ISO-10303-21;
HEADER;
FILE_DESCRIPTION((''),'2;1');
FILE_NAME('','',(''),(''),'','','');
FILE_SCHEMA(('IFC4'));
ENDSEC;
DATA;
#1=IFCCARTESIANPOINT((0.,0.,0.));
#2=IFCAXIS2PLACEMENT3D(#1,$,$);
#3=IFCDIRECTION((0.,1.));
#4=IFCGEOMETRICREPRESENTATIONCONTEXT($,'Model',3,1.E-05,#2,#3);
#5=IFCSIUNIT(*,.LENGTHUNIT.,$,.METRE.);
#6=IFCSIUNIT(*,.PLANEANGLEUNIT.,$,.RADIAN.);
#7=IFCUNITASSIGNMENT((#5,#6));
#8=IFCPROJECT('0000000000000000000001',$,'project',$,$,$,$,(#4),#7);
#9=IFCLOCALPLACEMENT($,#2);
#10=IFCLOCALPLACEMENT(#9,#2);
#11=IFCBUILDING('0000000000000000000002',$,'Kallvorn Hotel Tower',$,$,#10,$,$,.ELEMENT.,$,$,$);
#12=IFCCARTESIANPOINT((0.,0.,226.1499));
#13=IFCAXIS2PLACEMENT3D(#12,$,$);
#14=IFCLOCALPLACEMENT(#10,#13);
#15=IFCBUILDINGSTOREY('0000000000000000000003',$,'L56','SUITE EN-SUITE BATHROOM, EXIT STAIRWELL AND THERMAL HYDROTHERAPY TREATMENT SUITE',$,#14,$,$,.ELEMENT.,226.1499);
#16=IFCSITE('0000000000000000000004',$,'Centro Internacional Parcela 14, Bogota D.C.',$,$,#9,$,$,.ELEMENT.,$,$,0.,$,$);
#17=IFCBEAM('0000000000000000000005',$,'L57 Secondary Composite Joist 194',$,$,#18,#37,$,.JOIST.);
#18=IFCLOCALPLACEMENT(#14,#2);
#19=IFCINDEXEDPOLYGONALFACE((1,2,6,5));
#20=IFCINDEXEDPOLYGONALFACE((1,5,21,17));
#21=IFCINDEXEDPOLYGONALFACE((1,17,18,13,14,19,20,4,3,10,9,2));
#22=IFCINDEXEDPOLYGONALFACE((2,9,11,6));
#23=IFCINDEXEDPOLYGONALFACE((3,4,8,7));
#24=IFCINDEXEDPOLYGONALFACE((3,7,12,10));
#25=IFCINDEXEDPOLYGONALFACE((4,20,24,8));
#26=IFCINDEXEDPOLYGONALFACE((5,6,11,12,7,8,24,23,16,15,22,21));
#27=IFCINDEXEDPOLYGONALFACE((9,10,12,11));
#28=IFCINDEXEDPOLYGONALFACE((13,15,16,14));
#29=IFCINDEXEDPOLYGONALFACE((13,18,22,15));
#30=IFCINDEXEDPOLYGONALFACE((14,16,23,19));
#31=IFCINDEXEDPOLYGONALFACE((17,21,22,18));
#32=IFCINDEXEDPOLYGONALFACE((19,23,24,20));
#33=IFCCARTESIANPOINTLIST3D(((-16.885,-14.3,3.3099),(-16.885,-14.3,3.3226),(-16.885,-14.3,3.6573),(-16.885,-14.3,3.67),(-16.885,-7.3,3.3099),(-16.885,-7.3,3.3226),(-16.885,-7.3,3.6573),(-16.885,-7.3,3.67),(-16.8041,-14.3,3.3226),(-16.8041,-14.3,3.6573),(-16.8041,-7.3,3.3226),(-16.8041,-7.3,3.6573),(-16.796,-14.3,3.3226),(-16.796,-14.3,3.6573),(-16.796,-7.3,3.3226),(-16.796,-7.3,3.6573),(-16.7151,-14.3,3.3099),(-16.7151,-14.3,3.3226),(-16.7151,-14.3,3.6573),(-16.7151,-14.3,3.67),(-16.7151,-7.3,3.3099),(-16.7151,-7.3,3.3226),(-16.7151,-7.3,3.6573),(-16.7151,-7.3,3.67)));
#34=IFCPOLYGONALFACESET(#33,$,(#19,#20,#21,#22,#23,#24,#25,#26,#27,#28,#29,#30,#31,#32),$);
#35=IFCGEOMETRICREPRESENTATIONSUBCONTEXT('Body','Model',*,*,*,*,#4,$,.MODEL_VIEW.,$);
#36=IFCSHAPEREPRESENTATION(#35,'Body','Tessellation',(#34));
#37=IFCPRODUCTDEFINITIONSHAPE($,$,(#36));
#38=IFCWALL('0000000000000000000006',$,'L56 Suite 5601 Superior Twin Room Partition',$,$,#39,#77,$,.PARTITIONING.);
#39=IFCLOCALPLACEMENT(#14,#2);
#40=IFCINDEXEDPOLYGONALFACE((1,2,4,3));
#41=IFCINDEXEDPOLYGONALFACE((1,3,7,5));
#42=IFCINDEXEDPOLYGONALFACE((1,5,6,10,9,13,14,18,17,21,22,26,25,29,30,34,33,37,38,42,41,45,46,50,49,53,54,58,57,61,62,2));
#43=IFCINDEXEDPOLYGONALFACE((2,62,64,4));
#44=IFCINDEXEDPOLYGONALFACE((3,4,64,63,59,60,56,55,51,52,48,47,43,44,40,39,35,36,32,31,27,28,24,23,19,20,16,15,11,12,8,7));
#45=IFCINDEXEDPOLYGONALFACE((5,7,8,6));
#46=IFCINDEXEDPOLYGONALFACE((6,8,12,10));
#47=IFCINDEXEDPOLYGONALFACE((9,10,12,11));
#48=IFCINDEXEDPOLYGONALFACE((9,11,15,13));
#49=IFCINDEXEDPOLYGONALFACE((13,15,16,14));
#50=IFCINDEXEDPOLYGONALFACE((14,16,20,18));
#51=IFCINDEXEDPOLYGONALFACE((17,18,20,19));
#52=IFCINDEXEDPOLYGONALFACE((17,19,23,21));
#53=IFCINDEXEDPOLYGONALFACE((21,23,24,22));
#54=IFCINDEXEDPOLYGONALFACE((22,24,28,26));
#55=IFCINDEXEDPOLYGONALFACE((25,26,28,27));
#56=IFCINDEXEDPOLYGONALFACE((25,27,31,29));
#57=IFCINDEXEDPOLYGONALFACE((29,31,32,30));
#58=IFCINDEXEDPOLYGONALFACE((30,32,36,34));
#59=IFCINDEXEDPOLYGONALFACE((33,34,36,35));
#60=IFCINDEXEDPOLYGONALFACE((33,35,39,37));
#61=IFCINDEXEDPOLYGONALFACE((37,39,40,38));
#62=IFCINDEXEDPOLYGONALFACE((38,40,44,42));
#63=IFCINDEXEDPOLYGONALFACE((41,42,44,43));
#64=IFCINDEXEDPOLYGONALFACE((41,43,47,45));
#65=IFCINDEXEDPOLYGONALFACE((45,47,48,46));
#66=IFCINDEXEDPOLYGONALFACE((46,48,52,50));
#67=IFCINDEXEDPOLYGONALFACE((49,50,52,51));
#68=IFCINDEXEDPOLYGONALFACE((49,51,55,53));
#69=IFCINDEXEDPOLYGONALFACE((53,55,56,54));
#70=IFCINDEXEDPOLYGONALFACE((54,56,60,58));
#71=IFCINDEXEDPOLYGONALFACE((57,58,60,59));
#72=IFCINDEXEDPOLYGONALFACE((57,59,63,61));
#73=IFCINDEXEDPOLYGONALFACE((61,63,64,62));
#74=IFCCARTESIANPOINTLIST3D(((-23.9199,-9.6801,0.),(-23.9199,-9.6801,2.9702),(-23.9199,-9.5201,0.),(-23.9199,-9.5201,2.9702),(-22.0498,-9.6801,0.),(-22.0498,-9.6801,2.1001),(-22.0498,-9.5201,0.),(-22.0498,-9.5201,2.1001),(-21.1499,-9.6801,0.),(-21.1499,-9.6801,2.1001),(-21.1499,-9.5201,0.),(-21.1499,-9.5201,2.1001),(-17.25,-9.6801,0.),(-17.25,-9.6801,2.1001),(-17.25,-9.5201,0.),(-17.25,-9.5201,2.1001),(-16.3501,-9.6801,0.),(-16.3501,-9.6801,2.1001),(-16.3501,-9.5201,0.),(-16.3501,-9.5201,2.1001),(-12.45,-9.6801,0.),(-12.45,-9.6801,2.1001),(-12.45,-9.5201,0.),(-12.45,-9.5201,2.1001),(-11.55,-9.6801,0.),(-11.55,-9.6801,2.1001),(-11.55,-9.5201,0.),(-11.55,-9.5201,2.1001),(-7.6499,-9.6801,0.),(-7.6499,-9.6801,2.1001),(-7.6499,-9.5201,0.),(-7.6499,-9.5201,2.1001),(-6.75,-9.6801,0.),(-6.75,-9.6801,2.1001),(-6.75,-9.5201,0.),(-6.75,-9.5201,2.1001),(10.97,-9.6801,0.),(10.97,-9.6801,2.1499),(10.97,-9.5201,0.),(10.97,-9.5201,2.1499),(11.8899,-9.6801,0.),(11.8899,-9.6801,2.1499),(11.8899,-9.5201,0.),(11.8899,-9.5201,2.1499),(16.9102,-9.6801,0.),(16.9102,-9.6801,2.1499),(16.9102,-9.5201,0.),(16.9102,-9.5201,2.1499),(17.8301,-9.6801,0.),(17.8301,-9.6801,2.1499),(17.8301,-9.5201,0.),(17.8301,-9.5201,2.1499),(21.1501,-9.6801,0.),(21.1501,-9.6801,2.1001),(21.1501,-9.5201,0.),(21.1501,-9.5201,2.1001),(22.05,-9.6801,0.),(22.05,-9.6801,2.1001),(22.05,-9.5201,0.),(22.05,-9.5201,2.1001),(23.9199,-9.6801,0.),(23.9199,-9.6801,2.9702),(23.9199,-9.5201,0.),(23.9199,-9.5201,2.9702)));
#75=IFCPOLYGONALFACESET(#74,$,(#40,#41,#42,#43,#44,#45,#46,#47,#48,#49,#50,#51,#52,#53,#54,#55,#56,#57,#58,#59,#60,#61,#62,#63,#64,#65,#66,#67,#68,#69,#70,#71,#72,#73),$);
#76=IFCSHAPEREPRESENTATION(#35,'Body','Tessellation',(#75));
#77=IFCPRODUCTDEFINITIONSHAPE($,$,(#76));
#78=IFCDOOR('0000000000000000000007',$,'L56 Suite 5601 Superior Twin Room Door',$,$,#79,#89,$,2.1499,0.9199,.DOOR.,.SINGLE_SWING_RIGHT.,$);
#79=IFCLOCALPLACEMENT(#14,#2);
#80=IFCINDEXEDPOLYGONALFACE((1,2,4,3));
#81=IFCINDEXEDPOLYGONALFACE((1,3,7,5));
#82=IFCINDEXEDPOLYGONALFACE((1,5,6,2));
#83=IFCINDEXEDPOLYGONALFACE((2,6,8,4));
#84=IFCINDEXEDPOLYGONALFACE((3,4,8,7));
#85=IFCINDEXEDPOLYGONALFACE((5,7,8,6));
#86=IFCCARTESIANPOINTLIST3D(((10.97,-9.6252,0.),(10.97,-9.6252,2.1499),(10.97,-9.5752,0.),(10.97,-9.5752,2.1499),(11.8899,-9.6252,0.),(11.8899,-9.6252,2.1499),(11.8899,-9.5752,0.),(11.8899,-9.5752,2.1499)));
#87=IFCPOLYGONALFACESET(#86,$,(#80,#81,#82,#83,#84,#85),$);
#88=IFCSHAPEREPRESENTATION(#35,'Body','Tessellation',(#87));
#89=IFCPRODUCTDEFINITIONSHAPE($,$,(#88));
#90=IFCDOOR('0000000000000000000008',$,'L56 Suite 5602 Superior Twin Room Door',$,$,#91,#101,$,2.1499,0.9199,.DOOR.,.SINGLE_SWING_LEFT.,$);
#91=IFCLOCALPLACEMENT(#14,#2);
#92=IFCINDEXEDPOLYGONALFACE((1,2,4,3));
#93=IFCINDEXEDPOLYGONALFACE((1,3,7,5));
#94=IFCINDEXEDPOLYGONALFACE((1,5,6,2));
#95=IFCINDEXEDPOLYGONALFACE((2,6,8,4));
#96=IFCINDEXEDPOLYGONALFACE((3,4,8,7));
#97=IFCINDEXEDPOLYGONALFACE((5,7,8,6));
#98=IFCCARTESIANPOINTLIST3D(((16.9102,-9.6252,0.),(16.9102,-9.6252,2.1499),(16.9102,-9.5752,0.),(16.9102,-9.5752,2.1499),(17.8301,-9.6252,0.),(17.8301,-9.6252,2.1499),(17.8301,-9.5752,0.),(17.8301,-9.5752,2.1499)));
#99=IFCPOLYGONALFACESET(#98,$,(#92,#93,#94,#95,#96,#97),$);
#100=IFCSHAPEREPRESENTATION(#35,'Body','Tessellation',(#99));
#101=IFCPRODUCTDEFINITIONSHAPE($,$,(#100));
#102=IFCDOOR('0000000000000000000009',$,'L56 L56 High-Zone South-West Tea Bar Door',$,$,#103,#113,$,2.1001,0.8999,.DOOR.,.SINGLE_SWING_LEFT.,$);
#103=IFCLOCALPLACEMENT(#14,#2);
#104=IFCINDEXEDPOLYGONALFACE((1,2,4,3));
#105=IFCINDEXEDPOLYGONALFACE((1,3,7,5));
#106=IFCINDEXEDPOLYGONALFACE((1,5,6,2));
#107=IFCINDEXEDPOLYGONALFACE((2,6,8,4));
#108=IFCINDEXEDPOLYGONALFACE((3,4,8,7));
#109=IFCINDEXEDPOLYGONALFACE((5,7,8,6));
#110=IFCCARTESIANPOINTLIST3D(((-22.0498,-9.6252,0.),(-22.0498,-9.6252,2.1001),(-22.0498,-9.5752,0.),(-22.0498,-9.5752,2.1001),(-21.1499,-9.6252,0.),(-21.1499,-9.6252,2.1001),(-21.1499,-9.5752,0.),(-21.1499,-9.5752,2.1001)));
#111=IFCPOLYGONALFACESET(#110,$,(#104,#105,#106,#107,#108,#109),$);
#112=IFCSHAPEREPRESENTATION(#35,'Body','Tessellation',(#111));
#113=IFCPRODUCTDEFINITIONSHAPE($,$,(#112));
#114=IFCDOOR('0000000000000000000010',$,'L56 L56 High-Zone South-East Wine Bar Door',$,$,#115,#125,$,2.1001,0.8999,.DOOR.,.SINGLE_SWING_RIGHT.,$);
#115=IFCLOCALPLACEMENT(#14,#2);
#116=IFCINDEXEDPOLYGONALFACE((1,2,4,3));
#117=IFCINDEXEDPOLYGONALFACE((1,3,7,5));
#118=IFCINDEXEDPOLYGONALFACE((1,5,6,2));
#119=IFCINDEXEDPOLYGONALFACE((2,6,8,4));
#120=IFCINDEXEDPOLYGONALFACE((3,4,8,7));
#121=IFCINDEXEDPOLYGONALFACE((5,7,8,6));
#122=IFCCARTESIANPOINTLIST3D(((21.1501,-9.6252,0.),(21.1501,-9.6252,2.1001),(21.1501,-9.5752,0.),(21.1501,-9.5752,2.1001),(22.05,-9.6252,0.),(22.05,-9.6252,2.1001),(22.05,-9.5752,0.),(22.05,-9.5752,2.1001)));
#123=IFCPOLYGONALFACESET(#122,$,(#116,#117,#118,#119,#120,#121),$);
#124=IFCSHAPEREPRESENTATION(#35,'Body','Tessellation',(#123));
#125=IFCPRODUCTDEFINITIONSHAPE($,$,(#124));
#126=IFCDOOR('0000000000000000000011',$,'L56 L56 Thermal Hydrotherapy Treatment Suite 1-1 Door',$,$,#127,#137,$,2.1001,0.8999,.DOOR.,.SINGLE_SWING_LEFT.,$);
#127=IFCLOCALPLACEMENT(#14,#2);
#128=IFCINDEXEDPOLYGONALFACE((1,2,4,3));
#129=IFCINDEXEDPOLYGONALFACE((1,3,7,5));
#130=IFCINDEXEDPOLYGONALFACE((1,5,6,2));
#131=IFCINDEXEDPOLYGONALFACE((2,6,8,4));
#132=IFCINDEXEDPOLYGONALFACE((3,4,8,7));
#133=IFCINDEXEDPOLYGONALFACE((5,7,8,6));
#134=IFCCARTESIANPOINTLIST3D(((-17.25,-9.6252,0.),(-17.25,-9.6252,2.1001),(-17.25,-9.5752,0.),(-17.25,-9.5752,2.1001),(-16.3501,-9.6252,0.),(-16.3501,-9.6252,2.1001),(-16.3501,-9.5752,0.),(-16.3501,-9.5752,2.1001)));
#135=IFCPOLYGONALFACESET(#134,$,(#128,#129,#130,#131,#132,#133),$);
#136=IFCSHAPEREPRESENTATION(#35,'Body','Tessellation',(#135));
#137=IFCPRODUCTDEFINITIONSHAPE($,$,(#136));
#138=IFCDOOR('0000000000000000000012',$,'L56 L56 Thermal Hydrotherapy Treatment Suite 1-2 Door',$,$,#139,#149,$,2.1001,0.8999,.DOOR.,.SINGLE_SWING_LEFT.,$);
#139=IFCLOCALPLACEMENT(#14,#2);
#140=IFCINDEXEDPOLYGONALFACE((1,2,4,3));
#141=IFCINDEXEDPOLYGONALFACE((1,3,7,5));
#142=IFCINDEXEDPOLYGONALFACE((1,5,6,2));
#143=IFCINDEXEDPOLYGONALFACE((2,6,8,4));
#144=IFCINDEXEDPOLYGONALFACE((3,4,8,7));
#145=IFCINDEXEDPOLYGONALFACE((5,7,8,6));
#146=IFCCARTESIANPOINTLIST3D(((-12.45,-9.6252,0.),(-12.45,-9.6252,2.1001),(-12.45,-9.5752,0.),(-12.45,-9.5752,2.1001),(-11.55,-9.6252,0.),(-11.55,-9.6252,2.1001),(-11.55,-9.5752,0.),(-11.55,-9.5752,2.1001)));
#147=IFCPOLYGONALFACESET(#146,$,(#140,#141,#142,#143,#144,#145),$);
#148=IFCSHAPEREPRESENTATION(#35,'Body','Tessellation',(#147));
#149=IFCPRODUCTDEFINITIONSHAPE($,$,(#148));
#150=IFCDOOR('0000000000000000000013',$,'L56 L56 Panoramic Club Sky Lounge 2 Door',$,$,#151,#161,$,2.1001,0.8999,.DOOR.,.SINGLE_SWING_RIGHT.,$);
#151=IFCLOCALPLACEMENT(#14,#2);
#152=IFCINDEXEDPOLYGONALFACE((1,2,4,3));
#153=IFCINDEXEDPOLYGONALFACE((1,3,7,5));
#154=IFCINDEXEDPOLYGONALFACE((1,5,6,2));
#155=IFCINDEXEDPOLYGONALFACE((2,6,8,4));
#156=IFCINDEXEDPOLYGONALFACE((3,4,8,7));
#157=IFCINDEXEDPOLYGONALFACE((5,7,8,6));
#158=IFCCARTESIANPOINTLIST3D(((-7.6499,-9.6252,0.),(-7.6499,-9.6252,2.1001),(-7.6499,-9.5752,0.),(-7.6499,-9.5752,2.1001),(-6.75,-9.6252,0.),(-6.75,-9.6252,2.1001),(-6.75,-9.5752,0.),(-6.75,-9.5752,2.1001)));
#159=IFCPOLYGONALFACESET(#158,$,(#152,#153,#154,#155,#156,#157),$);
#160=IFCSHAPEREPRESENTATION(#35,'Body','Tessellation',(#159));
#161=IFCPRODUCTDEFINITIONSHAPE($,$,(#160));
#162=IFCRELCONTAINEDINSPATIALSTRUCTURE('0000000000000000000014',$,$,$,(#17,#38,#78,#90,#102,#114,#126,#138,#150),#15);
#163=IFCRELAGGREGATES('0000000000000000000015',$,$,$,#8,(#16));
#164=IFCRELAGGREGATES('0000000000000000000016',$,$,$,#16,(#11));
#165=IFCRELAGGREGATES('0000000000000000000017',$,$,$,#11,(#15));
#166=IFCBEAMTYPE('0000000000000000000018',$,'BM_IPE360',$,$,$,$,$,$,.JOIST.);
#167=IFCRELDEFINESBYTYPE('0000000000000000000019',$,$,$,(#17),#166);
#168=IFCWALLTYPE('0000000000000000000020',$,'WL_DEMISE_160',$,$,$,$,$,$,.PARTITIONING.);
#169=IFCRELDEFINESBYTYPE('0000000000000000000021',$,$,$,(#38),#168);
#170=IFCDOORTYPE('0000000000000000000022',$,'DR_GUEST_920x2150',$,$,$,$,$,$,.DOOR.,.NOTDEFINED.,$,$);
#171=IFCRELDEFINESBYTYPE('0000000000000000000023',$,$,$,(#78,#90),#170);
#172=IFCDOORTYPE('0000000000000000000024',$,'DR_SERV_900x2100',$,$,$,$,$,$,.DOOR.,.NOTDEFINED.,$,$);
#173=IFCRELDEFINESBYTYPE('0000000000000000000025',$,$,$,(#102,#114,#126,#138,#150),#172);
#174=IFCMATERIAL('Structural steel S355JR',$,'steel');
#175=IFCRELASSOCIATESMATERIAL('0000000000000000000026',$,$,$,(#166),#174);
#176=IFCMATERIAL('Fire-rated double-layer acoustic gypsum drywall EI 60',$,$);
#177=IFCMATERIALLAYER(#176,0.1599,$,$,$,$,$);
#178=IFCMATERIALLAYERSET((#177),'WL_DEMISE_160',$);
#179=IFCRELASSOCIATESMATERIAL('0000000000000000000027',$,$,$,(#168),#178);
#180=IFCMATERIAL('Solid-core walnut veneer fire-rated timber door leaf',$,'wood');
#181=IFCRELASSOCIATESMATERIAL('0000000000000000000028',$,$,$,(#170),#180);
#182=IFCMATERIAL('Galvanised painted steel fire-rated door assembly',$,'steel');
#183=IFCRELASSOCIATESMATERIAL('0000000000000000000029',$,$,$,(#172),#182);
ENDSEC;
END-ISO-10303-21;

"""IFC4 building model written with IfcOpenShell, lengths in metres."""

from ifc_helpers import new_model, si_unit, direction, frame, frame_2d, origin, origin_2d, place, context, subcontext, project, spatial, rectangle, i_section, extrude, material, layer, layer_set, material_profile, profile_set, type_object, element, fill, save


model = new_model("IFC4")

# Units and contexts
model_context = context("Model", 3, precision=1e-05, world=origin(), true_north=direction((0.0, 1.0)))
body_context = subcontext(model_context, "Body", "Model", "MODEL_VIEW")
ifc_project = project(units=[si_unit("LENGTHUNIT", "METRE"), si_unit("PLANEANGLEUNIT", "RADIAN")], contexts=[model_context])

# Site, building, storey
site_placement = place(None, origin())
site = spatial("IfcSite", under=ifc_project, at=site_placement, Name="Centro Internacional Parcela 14, Bogota D.C.", CompositionType="ELEMENT", RefElevation=0.0)
building_placement = place(site_placement, origin())
building = spatial("IfcBuilding", under=site, at=building_placement, Name="Kallvorn Hotel Tower", CompositionType="ELEMENT")
storey_placement = place(building_placement, frame((0.0, 0.0, 226.1499)))
storey = spatial("IfcBuildingStorey", under=building, at=storey_placement, Name="L56", Description="SUITE EN-SUITE BATHROOM, EXIT STAIRWELL AND THERMAL HYDROTHERAPY TREATMENT SUITE", CompositionType="ELEMENT", Elevation=226.1499)

# Beam
ifc_material_1 = material(Name="Structural steel S355JR", Category="steel")
ifc_material_profile_1 = material_profile(ifc_material_1, i_section(OverallWidth=0.1699, OverallDepth=0.3601, WebThickness=0.0081, FlangeThickness=0.0127, at=origin_2d()), Name="IPE 360")
ifc_profile_set_1 = profile_set([ifc_material_profile_1], Name="Structural steel S355JR")
beam_type_1 = type_object("IfcBeamType", Name="BM_IPE360", PredefinedType="JOIST", material=ifc_profile_set_1)
for number, where, z_axis, x_axis, name in (
    (1, (-16.8, -14.3, 3.49), (0.0, 1.0, 0.0), (-1.0, 0.0, 0.0), "L57 Secondary Composite Joist 194"),
):
    element("IfcBeam", number, at=place(storey_placement, frame(where, z_axis=z_axis, x_axis=x_axis)), inside=storey, type_object=beam_type_1, Name=name, PredefinedType="JOIST", context=body_context, shape_type="SweptSolid", body=[
        extrude(i_section(OverallWidth=0.1699, OverallDepth=0.3601, WebThickness=0.0081, FlangeThickness=0.0127, at=origin_2d()), origin(), (0.0, 0.0, 1.0), 7.0),
    ])

# Wall, openings, doors
ifc_material_2 = material(Name="Fire-rated double-layer acoustic gypsum drywall EI 60")
ifc_layer = layer(ifc_material_2, 0.1599)
ifc_layer_set = layer_set([ifc_layer], Name="WL_DEMISE_160")
wall_type = type_object("IfcWallType", Name="WL_DEMISE_160", PredefinedType="PARTITIONING", material=ifc_layer_set)
wall_placement = place(storey_placement, frame((-23.9199, -9.6001, 0.0), z_axis=(0.0, 0.0, 1.0), x_axis=(1.0, 0.0, 0.0)))
wall = element("IfcWall", 2, at=wall_placement, inside=storey, type_object=wall_type, Name="L56 Suite 5601 Superior Twin Room Partition", PredefinedType="PARTITIONING", context=body_context, shape_type="SweptSolid", body=[
    extrude(rectangle(XDim=47.8398, YDim=0.1599, at=frame_2d((23.9199, 0.0))), origin(), (0.0, 0.0, 1.0), 2.9702),
])
opening_1_placement = place(wall_placement, frame((1.8701, 0.0, 0.0)))
opening_1 = element("IfcOpeningElement", 3, at=opening_1_placement, cuts=wall, PredefinedType="OPENING", context=body_context, shape_type="SweptSolid", body=[
    extrude(rectangle(XDim=0.8999, YDim=2.1001, at=frame_2d((0.45, 1.05))), frame((0.0, 0.095, 0.0), z_axis=(0.0, -1.0, 0.0), x_axis=(1.0, 0.0, 0.0)), (0.0, 0.0, 1.0), 0.1899),
])
opening_2_placement = place(wall_placement, frame((45.0701, 0.0, 0.0)))
opening_2 = element("IfcOpeningElement", 4, at=opening_2_placement, cuts=wall, PredefinedType="OPENING", context=body_context, shape_type="SweptSolid", body=[
    extrude(rectangle(XDim=0.8999, YDim=2.1001, at=frame_2d((0.45, 1.05))), frame((0.0, 0.095, 0.0), z_axis=(0.0, -1.0, 0.0), x_axis=(1.0, 0.0, 0.0)), (0.0, 0.0, 1.0), 0.1899),
])
opening_3_placement = place(wall_placement, frame((6.6699, 0.0, 0.0)))
opening_3 = element("IfcOpeningElement", 5, at=opening_3_placement, cuts=wall, PredefinedType="OPENING", context=body_context, shape_type="SweptSolid", body=[
    extrude(rectangle(XDim=0.8999, YDim=2.1001, at=frame_2d((0.45, 1.05))), frame((0.0, 0.095, 0.0), z_axis=(0.0, -1.0, 0.0), x_axis=(1.0, 0.0, 0.0)), (0.0, 0.0, 1.0), 0.1899),
])
opening_4_placement = place(wall_placement, frame((11.47, 0.0, 0.0)))
opening_4 = element("IfcOpeningElement", 6, at=opening_4_placement, cuts=wall, PredefinedType="OPENING", context=body_context, shape_type="SweptSolid", body=[
    extrude(rectangle(XDim=0.8999, YDim=2.1001, at=frame_2d((0.45, 1.05))), frame((0.0, 0.095, 0.0), z_axis=(0.0, -1.0, 0.0), x_axis=(1.0, 0.0, 0.0)), (0.0, 0.0, 1.0), 0.1899),
])
opening_5_placement = place(wall_placement, frame((16.27, 0.0, 0.0)))
opening_5 = element("IfcOpeningElement", 7, at=opening_5_placement, cuts=wall, PredefinedType="OPENING", context=body_context, shape_type="SweptSolid", body=[
    extrude(rectangle(XDim=0.8999, YDim=2.1001, at=frame_2d((0.45, 1.05))), frame((0.0, 0.095, 0.0), z_axis=(0.0, -1.0, 0.0), x_axis=(1.0, 0.0, 0.0)), (0.0, 0.0, 1.0), 0.1899),
])
opening_6_placement = place(wall_placement, frame((34.8899, 0.0, 0.0)))
opening_6 = element("IfcOpeningElement", 8, at=opening_6_placement, cuts=wall, PredefinedType="OPENING", context=body_context, shape_type="SweptSolid", body=[
    extrude(rectangle(XDim=0.9199, YDim=2.1499, at=frame_2d((0.46, 1.075))), frame((0.0, 0.095, 0.0), z_axis=(0.0, -1.0, 0.0), x_axis=(1.0, 0.0, 0.0)), (0.0, 0.0, 1.0), 0.1899),
])
opening_7_placement = place(wall_placement, frame((40.8301, 0.0, 0.0)))
opening_7 = element("IfcOpeningElement", 9, at=opening_7_placement, cuts=wall, PredefinedType="OPENING", context=body_context, shape_type="SweptSolid", body=[
    extrude(rectangle(XDim=0.9199, YDim=2.1499, at=frame_2d((0.46, 1.075))), frame((0.0, 0.095, 0.0), z_axis=(0.0, -1.0, 0.0), x_axis=(1.0, 0.0, 0.0)), (0.0, 0.0, 1.0), 0.1899),
])
ifc_material_3 = material(Name="Solid-core walnut veneer fire-rated timber door leaf", Category="wood")
door_type_1 = type_object("IfcDoorType", Name="DR_GUEST_920x2150", OperationType="NOTDEFINED", PredefinedType="DOOR", material=ifc_material_3)
door_1_placement = place(opening_6_placement, origin())
door_1 = element("IfcDoor", 10, at=door_1_placement, inside=storey, type_object=door_type_1, Name="L56 Suite 5601 Superior Twin Room Door", OperationType="SINGLE_SWING_RIGHT", OverallHeight=2.1499, OverallWidth=0.9199, PredefinedType="DOOR", context=body_context, shape_type="SweptSolid", body=[
    extrude(rectangle(XDim=0.9199, YDim=2.1499, at=frame_2d((0.46, 1.075))), frame((0.0, 0.0249, 0.0), z_axis=(0.0, -1.0, 0.0), x_axis=(1.0, 0.0, 0.0)), (0.0, 0.0, 1.0), 0.05),
])
fill(opening_6, door_1)
door_2_placement = place(opening_7_placement, origin())
door_2 = element("IfcDoor", 11, at=door_2_placement, inside=storey, type_object=door_type_1, Name="L56 Suite 5602 Superior Twin Room Door", OperationType="SINGLE_SWING_LEFT", OverallHeight=2.1499, OverallWidth=0.9199, PredefinedType="DOOR", context=body_context, shape_type="SweptSolid", body=[
    extrude(rectangle(XDim=0.9199, YDim=2.1499, at=frame_2d((0.46, 1.075))), frame((0.0, 0.0249, 0.0), z_axis=(0.0, -1.0, 0.0), x_axis=(1.0, 0.0, 0.0)), (0.0, 0.0, 1.0), 0.05),
])
fill(opening_7, door_2)
ifc_material_4 = material(Name="Galvanised painted steel fire-rated door assembly", Category="steel")
door_type_2 = type_object("IfcDoorType", Name="DR_SERV_900x2100", OperationType="NOTDEFINED", PredefinedType="DOOR", material=ifc_material_4)
door_3_placement = place(opening_1_placement, origin())
door_3 = element("IfcDoor", 12, at=door_3_placement, inside=storey, type_object=door_type_2, Name="L56 L56 High-Zone South-West Tea Bar Door", OperationType="SINGLE_SWING_LEFT", OverallHeight=2.1001, OverallWidth=0.8999, PredefinedType="DOOR", context=body_context, shape_type="SweptSolid", body=[
    extrude(rectangle(XDim=0.8999, YDim=2.1001, at=frame_2d((0.45, 1.05))), frame((0.0, 0.0249, 0.0), z_axis=(0.0, -1.0, 0.0), x_axis=(1.0, 0.0, 0.0)), (0.0, 0.0, 1.0), 0.05),
])
fill(opening_1, door_3)
door_4_placement = place(opening_2_placement, origin())
door_4 = element("IfcDoor", 13, at=door_4_placement, inside=storey, type_object=door_type_2, Name="L56 L56 High-Zone South-East Wine Bar Door", OperationType="SINGLE_SWING_RIGHT", OverallHeight=2.1001, OverallWidth=0.8999, PredefinedType="DOOR", context=body_context, shape_type="SweptSolid", body=[
    extrude(rectangle(XDim=0.8999, YDim=2.1001, at=frame_2d((0.45, 1.05))), frame((0.0, 0.0249, 0.0), z_axis=(0.0, -1.0, 0.0), x_axis=(1.0, 0.0, 0.0)), (0.0, 0.0, 1.0), 0.05),
])
fill(opening_2, door_4)
door_5_placement = place(opening_3_placement, origin())
door_5 = element("IfcDoor", 14, at=door_5_placement, inside=storey, type_object=door_type_2, Name="L56 L56 Thermal Hydrotherapy Treatment Suite 1-1 Door", OperationType="SINGLE_SWING_LEFT", OverallHeight=2.1001, OverallWidth=0.8999, PredefinedType="DOOR", context=body_context, shape_type="SweptSolid", body=[
    extrude(rectangle(XDim=0.8999, YDim=2.1001, at=frame_2d((0.45, 1.05))), frame((0.0, 0.0249, 0.0), z_axis=(0.0, -1.0, 0.0), x_axis=(1.0, 0.0, 0.0)), (0.0, 0.0, 1.0), 0.05),
])
fill(opening_3, door_5)
door_6_placement = place(opening_4_placement, origin())
door_6 = element("IfcDoor", 15, at=door_6_placement, inside=storey, type_object=door_type_2, Name="L56 L56 Thermal Hydrotherapy Treatment Suite 1-2 Door", OperationType="SINGLE_SWING_LEFT", OverallHeight=2.1001, OverallWidth=0.8999, PredefinedType="DOOR", context=body_context, shape_type="SweptSolid", body=[
    extrude(rectangle(XDim=0.8999, YDim=2.1001, at=frame_2d((0.45, 1.05))), frame((0.0, 0.0249, 0.0), z_axis=(0.0, -1.0, 0.0), x_axis=(1.0, 0.0, 0.0)), (0.0, 0.0, 1.0), 0.05),
])
fill(opening_4, door_6)
door_7_placement = place(opening_5_placement, origin())
door_7 = element("IfcDoor", 16, at=door_7_placement, inside=storey, type_object=door_type_2, Name="L56 L56 Panoramic Club Sky Lounge 2 Door", OperationType="SINGLE_SWING_RIGHT", OverallHeight=2.1001, OverallWidth=0.8999, PredefinedType="DOOR", context=body_context, shape_type="SweptSolid", body=[
    extrude(rectangle(XDim=0.8999, YDim=2.1001, at=frame_2d((0.45, 1.05))), frame((0.0, 0.0249, 0.0), z_axis=(0.0, -1.0, 0.0), x_axis=(1.0, 0.0, 0.0)), (0.0, 0.0, 1.0), 0.05),
])
fill(opening_5, door_7)

save(model, "model.ifc")
